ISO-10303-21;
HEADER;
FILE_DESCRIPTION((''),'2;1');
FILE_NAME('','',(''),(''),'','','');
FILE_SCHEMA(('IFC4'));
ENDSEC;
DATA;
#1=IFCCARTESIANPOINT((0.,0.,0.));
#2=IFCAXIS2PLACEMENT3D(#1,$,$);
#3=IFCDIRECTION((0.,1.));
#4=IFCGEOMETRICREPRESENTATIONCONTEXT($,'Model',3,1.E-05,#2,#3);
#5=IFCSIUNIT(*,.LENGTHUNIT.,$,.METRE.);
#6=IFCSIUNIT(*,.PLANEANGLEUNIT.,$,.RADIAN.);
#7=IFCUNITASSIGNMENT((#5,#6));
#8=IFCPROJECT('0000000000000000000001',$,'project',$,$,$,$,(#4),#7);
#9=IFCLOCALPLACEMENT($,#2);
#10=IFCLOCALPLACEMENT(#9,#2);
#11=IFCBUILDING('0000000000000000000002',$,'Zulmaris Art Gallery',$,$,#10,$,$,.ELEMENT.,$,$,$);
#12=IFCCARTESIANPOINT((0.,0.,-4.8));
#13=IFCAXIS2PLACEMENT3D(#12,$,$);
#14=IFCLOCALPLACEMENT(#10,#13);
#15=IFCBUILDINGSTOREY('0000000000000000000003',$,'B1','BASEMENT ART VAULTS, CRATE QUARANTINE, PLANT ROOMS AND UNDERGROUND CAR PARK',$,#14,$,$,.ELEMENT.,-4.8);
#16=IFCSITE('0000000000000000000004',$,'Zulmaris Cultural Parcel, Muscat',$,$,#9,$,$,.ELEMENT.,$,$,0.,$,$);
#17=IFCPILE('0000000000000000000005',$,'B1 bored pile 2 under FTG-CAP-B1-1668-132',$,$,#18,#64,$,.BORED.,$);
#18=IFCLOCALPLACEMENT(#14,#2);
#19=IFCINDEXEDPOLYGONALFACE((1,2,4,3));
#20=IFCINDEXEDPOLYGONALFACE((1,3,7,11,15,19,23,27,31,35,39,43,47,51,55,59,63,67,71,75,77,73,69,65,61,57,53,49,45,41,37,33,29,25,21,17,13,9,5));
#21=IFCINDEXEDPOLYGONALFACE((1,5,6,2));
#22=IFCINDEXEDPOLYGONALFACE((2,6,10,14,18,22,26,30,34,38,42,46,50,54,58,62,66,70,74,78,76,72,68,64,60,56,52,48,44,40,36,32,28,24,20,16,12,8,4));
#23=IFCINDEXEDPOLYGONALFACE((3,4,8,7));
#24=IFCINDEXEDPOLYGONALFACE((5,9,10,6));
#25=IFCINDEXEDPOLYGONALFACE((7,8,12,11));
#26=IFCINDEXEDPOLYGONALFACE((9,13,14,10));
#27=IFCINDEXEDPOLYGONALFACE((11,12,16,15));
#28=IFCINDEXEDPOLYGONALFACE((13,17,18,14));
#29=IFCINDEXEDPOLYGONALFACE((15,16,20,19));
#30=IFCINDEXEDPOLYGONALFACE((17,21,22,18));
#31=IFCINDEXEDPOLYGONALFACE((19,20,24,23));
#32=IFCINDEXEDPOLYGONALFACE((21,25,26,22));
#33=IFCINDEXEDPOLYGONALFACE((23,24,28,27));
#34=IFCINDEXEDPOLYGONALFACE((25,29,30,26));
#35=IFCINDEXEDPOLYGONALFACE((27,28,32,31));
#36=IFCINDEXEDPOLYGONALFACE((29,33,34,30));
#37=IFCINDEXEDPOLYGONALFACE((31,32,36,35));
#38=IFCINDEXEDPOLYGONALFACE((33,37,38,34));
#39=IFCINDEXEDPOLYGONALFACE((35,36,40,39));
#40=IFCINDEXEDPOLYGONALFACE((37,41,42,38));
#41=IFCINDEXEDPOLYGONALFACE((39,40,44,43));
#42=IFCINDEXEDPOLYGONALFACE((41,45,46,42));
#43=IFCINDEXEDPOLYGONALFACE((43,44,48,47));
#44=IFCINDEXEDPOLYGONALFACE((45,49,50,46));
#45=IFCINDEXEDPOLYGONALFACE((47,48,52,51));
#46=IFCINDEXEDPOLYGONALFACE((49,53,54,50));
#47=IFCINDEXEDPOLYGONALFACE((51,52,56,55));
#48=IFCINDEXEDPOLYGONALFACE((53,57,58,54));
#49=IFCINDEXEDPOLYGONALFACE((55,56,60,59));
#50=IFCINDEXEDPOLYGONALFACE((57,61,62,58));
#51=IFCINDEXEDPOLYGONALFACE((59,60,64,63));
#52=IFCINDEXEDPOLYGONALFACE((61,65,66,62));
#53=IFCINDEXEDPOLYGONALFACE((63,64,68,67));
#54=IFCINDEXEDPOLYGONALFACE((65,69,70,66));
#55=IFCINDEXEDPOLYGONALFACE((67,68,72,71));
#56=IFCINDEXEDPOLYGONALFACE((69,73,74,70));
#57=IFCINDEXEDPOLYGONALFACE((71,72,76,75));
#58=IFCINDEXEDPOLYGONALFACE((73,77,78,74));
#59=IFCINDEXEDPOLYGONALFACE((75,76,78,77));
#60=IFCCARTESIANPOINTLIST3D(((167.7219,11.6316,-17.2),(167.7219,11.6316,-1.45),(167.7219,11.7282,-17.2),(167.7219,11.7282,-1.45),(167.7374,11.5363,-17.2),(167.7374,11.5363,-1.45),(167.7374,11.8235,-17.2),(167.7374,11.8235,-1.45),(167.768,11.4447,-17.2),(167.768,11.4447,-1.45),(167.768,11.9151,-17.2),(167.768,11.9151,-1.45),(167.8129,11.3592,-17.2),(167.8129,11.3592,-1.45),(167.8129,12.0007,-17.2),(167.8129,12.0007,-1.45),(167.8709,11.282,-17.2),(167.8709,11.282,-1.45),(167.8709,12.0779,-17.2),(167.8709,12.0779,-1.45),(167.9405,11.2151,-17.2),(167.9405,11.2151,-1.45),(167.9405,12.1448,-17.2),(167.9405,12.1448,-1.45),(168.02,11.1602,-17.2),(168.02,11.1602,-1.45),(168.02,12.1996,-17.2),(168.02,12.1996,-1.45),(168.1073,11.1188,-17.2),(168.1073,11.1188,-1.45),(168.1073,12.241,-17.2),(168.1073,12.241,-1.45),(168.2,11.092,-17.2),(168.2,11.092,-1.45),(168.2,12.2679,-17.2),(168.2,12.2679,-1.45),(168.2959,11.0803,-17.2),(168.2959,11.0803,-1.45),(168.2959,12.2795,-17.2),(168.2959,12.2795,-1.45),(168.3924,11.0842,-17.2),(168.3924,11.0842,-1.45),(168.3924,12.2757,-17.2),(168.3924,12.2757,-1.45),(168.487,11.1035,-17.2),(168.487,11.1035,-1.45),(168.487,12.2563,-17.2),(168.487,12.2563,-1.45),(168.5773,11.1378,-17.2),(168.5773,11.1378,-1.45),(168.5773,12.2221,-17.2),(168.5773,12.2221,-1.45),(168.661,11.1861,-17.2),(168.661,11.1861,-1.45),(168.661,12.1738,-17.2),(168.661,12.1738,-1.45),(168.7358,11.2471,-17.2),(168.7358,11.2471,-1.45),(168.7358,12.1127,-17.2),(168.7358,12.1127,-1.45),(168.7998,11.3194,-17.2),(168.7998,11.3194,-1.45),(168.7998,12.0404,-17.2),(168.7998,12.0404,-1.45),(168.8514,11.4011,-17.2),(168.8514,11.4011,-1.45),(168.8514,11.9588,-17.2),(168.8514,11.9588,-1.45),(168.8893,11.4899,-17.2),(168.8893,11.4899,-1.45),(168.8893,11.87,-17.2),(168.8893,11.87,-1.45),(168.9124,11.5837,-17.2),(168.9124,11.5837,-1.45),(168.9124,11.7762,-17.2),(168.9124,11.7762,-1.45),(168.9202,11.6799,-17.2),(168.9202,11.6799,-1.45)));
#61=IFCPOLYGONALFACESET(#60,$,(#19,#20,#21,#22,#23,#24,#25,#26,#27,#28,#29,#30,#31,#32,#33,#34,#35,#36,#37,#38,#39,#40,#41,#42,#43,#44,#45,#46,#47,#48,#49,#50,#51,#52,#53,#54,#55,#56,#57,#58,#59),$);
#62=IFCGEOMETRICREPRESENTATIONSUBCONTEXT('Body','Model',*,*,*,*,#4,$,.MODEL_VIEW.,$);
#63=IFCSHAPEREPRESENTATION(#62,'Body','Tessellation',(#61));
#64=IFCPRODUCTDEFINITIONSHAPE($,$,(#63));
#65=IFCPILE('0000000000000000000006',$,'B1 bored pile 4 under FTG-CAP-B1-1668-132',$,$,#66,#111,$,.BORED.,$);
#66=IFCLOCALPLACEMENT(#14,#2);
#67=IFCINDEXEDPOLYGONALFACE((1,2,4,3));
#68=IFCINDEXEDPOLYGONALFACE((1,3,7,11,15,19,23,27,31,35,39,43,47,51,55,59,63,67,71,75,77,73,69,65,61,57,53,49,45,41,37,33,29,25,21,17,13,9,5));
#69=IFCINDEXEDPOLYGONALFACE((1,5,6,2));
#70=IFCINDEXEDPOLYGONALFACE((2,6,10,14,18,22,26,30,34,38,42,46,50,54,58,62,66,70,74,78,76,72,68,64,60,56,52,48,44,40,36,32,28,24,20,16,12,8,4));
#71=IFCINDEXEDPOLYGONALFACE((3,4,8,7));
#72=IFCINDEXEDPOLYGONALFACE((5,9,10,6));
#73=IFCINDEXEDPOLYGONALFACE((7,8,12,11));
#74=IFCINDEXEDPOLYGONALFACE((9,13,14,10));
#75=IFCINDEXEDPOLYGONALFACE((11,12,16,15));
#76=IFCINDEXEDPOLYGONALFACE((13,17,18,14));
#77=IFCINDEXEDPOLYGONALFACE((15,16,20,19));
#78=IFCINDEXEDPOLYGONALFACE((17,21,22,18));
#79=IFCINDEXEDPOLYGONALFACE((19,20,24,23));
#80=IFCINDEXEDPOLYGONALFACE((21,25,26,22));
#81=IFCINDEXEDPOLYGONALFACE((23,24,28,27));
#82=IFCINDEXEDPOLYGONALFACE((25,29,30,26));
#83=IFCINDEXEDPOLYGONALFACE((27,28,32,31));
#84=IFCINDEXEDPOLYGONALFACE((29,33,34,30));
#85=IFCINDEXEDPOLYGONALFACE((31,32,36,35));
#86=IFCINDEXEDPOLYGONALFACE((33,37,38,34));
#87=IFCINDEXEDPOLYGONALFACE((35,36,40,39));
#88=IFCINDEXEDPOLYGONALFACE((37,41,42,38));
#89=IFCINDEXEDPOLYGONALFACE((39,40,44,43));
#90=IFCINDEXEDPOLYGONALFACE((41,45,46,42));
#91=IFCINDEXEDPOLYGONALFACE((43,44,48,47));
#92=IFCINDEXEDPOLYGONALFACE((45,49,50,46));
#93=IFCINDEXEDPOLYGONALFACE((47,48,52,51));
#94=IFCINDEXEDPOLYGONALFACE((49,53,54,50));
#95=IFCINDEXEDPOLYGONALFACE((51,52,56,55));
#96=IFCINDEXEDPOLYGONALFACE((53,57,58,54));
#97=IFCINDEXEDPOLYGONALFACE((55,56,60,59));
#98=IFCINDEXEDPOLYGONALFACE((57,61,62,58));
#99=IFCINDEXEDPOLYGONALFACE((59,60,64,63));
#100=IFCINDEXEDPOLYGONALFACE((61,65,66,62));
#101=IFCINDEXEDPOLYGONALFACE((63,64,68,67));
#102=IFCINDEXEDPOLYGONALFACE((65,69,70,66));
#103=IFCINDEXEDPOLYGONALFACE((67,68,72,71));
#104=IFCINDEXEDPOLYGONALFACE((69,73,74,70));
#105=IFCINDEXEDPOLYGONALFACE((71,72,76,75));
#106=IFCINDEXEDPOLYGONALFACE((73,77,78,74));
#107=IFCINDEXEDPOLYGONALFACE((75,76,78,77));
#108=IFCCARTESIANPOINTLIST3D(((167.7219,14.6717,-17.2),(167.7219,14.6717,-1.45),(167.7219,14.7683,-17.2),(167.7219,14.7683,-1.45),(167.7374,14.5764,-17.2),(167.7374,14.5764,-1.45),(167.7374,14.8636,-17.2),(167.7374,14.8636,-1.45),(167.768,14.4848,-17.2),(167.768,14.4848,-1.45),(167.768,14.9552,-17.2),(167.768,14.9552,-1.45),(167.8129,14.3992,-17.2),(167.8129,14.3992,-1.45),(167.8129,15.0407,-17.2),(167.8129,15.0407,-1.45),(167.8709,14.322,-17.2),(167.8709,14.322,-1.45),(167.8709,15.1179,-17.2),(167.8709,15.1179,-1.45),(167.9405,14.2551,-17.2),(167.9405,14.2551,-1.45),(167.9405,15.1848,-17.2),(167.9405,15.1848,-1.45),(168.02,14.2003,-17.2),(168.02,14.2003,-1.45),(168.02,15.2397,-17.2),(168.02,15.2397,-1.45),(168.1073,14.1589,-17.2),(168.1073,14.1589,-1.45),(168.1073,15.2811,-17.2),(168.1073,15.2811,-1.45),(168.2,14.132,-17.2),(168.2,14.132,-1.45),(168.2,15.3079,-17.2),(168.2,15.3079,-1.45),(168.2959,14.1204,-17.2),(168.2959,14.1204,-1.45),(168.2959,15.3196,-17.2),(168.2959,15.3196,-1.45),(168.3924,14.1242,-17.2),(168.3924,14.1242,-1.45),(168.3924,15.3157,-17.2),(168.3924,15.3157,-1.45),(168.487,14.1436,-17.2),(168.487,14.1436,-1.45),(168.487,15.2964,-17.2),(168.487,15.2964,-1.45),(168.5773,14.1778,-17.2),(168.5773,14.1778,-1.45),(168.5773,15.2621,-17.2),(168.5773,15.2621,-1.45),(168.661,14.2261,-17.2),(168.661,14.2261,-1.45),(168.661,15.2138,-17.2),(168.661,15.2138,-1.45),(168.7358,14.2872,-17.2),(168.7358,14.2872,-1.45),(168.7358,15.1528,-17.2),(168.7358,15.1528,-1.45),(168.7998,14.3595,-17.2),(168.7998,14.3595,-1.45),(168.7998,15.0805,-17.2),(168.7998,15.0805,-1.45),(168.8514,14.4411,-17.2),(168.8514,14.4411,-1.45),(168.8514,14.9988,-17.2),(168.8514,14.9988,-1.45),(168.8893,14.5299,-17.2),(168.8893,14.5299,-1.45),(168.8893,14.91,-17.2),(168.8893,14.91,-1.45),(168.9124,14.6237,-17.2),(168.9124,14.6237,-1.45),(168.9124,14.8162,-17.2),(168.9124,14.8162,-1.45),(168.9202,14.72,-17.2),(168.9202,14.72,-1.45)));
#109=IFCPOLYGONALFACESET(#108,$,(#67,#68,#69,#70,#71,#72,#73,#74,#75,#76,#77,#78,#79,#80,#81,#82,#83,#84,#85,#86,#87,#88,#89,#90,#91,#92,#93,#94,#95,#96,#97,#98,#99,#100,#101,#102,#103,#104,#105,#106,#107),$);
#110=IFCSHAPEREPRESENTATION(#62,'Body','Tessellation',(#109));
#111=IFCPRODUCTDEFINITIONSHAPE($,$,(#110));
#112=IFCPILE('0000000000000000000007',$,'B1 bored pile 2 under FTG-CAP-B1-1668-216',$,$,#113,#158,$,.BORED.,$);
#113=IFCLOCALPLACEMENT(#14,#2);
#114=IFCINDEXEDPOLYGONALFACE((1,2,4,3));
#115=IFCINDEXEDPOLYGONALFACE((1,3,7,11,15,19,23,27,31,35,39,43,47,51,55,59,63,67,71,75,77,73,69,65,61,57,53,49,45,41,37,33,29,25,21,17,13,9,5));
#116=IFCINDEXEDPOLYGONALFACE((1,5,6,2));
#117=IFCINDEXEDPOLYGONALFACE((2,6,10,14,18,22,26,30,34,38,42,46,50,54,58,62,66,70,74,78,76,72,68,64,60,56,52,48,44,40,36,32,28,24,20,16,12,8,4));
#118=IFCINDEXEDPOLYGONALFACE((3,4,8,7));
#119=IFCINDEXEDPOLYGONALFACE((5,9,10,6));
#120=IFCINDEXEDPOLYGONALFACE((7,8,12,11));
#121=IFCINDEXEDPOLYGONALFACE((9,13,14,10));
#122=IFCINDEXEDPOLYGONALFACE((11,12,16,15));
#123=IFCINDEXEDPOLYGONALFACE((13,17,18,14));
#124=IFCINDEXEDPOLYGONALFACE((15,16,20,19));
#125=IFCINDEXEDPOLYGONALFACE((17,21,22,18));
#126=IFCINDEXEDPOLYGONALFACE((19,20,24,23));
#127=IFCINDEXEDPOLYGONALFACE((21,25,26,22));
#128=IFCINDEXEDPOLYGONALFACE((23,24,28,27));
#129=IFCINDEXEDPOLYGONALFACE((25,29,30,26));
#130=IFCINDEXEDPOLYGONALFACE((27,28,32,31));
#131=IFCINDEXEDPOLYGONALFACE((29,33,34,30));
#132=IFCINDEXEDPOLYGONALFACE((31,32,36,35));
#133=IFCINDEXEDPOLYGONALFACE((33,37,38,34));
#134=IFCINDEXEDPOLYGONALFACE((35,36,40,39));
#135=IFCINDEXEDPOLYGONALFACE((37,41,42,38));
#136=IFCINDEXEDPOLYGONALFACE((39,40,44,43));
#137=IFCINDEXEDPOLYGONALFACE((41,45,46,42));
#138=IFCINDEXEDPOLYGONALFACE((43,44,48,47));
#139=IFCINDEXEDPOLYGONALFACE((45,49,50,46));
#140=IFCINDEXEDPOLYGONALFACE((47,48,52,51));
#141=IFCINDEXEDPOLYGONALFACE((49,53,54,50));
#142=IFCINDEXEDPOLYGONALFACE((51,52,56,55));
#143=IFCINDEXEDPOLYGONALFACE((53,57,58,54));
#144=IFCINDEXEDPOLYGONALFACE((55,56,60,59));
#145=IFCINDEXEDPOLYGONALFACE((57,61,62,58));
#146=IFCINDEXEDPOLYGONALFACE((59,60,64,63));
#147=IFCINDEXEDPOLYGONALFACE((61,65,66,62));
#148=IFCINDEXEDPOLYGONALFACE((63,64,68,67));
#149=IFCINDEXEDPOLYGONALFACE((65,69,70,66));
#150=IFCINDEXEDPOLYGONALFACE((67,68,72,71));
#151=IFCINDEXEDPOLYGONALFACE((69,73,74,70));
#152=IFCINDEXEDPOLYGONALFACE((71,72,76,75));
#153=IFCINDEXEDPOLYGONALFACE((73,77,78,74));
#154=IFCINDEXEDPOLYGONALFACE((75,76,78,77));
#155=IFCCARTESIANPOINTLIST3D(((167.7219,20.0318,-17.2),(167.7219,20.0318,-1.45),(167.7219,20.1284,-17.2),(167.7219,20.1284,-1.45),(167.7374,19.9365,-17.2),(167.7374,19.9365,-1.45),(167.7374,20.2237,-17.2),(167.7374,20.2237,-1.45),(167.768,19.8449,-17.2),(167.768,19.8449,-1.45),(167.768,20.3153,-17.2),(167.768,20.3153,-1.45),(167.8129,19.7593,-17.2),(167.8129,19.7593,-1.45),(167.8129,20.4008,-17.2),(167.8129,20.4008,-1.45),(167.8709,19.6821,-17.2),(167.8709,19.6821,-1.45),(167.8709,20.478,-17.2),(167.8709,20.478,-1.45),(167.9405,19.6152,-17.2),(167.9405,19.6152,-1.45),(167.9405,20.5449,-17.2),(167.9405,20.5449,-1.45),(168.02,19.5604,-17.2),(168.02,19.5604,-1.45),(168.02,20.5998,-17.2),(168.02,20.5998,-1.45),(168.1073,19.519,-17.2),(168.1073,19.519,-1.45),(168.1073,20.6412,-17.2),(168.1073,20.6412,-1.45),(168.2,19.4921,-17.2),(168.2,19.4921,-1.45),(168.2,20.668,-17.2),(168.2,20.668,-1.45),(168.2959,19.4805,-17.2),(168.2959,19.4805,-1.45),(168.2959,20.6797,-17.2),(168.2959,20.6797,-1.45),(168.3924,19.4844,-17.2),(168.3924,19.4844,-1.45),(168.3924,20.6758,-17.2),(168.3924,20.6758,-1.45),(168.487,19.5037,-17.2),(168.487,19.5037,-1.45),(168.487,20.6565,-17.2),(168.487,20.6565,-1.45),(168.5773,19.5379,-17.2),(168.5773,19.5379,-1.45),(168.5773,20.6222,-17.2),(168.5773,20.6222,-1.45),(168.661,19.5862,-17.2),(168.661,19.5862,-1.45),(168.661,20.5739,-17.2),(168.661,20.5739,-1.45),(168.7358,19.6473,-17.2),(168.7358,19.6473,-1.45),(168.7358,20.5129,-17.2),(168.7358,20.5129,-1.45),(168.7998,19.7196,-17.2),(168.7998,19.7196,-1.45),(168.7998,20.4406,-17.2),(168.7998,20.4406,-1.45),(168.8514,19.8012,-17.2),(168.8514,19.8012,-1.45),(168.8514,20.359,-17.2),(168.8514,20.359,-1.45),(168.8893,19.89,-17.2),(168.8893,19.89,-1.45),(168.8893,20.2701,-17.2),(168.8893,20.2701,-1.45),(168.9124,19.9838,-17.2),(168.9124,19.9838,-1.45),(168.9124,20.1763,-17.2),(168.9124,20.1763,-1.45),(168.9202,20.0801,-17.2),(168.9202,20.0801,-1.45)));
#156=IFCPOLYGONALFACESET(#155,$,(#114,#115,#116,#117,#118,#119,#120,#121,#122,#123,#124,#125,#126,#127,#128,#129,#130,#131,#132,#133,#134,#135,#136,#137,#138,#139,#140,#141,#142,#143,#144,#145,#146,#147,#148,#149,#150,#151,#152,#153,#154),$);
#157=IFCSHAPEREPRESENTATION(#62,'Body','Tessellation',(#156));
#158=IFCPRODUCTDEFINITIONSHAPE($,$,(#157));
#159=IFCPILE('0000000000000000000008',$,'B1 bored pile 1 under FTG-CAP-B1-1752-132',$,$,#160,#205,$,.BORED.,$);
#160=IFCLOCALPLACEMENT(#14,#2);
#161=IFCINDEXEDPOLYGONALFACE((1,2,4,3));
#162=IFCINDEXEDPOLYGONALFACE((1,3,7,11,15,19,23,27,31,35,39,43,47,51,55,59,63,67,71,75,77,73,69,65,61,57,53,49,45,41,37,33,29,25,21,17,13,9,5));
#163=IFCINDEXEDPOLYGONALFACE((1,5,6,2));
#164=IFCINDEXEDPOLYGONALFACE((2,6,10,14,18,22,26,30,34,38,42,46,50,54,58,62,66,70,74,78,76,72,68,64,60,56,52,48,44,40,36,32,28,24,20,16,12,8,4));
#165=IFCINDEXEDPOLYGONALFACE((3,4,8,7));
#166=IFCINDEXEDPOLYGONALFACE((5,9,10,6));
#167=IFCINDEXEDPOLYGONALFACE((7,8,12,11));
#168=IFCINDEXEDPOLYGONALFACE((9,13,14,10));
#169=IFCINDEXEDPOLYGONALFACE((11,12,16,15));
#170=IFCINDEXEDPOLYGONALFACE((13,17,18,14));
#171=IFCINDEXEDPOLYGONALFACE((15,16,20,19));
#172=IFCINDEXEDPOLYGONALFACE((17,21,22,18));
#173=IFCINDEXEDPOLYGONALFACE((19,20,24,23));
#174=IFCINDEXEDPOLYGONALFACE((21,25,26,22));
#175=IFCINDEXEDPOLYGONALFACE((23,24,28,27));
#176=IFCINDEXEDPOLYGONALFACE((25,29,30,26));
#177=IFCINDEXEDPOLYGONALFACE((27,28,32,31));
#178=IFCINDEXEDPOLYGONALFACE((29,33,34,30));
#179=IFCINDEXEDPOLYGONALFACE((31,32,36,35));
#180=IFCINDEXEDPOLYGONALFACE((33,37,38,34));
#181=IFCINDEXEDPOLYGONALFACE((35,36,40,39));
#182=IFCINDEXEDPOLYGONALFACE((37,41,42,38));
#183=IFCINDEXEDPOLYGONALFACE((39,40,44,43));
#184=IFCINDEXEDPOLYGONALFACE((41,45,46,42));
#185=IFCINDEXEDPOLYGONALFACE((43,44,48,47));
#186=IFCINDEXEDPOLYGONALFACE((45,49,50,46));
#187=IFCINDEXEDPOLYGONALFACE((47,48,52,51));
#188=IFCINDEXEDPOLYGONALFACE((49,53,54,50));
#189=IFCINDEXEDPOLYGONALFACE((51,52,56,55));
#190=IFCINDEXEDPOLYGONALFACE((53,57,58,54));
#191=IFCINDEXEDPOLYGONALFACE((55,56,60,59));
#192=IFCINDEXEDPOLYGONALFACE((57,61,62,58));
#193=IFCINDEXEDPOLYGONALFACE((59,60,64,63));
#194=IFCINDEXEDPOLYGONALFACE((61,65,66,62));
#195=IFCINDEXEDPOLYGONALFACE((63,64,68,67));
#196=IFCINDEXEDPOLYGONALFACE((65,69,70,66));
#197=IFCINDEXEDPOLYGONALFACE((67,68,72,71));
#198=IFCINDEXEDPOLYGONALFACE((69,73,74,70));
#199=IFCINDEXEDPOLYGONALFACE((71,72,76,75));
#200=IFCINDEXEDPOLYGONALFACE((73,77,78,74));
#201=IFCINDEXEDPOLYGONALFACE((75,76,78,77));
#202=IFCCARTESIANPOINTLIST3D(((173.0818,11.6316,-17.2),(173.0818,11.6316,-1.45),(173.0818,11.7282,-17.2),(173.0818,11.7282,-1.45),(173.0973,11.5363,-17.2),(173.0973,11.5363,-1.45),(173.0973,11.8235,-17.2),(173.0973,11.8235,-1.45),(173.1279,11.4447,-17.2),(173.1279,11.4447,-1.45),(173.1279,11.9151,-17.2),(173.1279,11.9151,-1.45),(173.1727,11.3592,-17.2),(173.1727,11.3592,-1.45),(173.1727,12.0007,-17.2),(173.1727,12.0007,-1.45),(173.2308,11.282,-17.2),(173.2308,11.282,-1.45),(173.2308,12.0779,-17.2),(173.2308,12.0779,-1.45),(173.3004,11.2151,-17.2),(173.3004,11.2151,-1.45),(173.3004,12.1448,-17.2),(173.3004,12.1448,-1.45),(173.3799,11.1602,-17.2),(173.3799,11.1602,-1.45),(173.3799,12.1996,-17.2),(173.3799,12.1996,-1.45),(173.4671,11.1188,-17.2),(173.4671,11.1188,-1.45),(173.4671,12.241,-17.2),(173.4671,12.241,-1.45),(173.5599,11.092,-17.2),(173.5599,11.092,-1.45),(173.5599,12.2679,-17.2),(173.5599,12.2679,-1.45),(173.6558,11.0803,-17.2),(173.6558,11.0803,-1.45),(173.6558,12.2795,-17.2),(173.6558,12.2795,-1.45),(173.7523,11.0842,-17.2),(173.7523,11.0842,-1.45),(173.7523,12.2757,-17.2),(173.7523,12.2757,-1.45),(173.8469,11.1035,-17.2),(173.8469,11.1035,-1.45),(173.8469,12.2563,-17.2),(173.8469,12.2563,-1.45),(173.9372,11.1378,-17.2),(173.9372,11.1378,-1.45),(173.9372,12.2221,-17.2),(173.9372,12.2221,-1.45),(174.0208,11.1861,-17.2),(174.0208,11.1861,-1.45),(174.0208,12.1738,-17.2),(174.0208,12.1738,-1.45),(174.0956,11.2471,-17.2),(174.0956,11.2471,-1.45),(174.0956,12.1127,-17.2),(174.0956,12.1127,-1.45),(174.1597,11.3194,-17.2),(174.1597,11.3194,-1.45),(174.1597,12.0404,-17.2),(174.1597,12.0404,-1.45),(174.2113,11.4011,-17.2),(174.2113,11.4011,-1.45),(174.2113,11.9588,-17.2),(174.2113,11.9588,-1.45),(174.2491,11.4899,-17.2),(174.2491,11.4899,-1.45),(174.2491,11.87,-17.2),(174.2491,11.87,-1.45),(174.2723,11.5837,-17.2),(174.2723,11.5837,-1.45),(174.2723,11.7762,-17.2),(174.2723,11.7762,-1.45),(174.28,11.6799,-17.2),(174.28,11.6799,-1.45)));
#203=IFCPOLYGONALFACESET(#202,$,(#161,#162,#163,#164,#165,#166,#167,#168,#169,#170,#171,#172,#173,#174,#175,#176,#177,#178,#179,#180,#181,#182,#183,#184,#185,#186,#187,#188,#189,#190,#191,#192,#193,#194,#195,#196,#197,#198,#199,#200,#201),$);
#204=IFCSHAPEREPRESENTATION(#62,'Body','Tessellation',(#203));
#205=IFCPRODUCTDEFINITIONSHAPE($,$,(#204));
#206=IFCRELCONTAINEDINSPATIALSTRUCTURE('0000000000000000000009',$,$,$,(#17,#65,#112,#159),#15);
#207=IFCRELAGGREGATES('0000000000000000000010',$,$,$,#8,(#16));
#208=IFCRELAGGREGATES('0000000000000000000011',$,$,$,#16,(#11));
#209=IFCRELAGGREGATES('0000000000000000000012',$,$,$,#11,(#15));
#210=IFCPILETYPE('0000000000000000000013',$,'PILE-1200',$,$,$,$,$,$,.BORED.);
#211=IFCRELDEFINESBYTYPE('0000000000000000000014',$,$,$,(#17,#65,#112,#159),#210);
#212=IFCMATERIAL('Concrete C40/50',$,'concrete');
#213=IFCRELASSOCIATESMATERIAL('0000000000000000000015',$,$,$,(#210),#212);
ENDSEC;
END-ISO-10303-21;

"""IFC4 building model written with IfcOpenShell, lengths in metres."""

from ifc_helpers import new_model, si_unit, direction, frame, origin, origin_2d, place, context, subcontext, project, spatial, circle, extrude, material, material_profile, profile_set, type_object, element, save


model = new_model("IFC4")

# Units and contexts
model_context = context("Model", 3, precision=1e-05, world=origin(), true_north=direction((0.0, 1.0)))
body_context = subcontext(model_context, "Body", "Model", "MODEL_VIEW")
ifc_project = project(units=[si_unit("LENGTHUNIT", "METRE"), si_unit("PLANEANGLEUNIT", "RADIAN")], contexts=[model_context])

# Site, building, storey
site_placement = place(None, origin())
site = spatial("IfcSite", under=ifc_project, at=site_placement, Name="Zulmaris Cultural Parcel, Muscat", CompositionType="ELEMENT", RefElevation=0.0)
building_placement = place(site_placement, origin())
building = spatial("IfcBuilding", under=site, at=building_placement, Name="Zulmaris Art Gallery", CompositionType="ELEMENT")
storey_placement = place(building_placement, frame((0.0, 0.0, -4.8)))
storey = spatial("IfcBuildingStorey", under=building, at=storey_placement, Name="B1", Description="BASEMENT ART VAULTS, CRATE QUARANTINE, PLANT ROOMS AND UNDERGROUND CAR PARK", CompositionType="ELEMENT", Elevation=-4.8)

# Piles
ifc_material_1 = material(Name="Concrete C40/50", Category="concrete")
ifc_material_profile_1 = material_profile(ifc_material_1, circle(Radius=0.6001, at=origin_2d()), Name="PILE DIA 1200")
ifc_profile_set_1 = profile_set([ifc_material_profile_1], Name="Concrete C40/50")
pile_type = type_object("IfcPileType", Name="PILE-1200", PredefinedType="BORED", material=ifc_profile_set_1)
for number, where, z_axis, x_axis, name in (
    (1, (168.3201, 11.6799, -1.45), (0.0, 0.0, -1.0), (1.0, 0.0, 0.0), "B1 bored pile 2 under FTG-CAP-B1-1668-132"),
    (2, (168.3201, 14.72, -1.45), (0.0, 0.0, -1.0), (1.0, 0.0, 0.0), "B1 bored pile 4 under FTG-CAP-B1-1668-132"),
    (3, (168.3201, 20.0801, -1.45), (0.0, 0.0, -1.0), (1.0, 0.0, 0.0), "B1 bored pile 2 under FTG-CAP-B1-1668-216"),
    (4, (173.6799, 11.6799, -1.45), (0.0, 0.0, -1.0), (1.0, 0.0, 0.0), "B1 bored pile 1 under FTG-CAP-B1-1752-132"),
):
    element("IfcPile", number, at=place(storey_placement, frame(where, z_axis=z_axis, x_axis=x_axis)), inside=storey, type_object=pile_type, Name=name, PredefinedType="BORED", context=body_context, shape_type="SweptSolid", body=[
        extrude(circle(Radius=0.6001, at=origin_2d()), origin(), (0.0, 0.0, 1.0), 15.75),
    ])

save(model, "model.ifc")
